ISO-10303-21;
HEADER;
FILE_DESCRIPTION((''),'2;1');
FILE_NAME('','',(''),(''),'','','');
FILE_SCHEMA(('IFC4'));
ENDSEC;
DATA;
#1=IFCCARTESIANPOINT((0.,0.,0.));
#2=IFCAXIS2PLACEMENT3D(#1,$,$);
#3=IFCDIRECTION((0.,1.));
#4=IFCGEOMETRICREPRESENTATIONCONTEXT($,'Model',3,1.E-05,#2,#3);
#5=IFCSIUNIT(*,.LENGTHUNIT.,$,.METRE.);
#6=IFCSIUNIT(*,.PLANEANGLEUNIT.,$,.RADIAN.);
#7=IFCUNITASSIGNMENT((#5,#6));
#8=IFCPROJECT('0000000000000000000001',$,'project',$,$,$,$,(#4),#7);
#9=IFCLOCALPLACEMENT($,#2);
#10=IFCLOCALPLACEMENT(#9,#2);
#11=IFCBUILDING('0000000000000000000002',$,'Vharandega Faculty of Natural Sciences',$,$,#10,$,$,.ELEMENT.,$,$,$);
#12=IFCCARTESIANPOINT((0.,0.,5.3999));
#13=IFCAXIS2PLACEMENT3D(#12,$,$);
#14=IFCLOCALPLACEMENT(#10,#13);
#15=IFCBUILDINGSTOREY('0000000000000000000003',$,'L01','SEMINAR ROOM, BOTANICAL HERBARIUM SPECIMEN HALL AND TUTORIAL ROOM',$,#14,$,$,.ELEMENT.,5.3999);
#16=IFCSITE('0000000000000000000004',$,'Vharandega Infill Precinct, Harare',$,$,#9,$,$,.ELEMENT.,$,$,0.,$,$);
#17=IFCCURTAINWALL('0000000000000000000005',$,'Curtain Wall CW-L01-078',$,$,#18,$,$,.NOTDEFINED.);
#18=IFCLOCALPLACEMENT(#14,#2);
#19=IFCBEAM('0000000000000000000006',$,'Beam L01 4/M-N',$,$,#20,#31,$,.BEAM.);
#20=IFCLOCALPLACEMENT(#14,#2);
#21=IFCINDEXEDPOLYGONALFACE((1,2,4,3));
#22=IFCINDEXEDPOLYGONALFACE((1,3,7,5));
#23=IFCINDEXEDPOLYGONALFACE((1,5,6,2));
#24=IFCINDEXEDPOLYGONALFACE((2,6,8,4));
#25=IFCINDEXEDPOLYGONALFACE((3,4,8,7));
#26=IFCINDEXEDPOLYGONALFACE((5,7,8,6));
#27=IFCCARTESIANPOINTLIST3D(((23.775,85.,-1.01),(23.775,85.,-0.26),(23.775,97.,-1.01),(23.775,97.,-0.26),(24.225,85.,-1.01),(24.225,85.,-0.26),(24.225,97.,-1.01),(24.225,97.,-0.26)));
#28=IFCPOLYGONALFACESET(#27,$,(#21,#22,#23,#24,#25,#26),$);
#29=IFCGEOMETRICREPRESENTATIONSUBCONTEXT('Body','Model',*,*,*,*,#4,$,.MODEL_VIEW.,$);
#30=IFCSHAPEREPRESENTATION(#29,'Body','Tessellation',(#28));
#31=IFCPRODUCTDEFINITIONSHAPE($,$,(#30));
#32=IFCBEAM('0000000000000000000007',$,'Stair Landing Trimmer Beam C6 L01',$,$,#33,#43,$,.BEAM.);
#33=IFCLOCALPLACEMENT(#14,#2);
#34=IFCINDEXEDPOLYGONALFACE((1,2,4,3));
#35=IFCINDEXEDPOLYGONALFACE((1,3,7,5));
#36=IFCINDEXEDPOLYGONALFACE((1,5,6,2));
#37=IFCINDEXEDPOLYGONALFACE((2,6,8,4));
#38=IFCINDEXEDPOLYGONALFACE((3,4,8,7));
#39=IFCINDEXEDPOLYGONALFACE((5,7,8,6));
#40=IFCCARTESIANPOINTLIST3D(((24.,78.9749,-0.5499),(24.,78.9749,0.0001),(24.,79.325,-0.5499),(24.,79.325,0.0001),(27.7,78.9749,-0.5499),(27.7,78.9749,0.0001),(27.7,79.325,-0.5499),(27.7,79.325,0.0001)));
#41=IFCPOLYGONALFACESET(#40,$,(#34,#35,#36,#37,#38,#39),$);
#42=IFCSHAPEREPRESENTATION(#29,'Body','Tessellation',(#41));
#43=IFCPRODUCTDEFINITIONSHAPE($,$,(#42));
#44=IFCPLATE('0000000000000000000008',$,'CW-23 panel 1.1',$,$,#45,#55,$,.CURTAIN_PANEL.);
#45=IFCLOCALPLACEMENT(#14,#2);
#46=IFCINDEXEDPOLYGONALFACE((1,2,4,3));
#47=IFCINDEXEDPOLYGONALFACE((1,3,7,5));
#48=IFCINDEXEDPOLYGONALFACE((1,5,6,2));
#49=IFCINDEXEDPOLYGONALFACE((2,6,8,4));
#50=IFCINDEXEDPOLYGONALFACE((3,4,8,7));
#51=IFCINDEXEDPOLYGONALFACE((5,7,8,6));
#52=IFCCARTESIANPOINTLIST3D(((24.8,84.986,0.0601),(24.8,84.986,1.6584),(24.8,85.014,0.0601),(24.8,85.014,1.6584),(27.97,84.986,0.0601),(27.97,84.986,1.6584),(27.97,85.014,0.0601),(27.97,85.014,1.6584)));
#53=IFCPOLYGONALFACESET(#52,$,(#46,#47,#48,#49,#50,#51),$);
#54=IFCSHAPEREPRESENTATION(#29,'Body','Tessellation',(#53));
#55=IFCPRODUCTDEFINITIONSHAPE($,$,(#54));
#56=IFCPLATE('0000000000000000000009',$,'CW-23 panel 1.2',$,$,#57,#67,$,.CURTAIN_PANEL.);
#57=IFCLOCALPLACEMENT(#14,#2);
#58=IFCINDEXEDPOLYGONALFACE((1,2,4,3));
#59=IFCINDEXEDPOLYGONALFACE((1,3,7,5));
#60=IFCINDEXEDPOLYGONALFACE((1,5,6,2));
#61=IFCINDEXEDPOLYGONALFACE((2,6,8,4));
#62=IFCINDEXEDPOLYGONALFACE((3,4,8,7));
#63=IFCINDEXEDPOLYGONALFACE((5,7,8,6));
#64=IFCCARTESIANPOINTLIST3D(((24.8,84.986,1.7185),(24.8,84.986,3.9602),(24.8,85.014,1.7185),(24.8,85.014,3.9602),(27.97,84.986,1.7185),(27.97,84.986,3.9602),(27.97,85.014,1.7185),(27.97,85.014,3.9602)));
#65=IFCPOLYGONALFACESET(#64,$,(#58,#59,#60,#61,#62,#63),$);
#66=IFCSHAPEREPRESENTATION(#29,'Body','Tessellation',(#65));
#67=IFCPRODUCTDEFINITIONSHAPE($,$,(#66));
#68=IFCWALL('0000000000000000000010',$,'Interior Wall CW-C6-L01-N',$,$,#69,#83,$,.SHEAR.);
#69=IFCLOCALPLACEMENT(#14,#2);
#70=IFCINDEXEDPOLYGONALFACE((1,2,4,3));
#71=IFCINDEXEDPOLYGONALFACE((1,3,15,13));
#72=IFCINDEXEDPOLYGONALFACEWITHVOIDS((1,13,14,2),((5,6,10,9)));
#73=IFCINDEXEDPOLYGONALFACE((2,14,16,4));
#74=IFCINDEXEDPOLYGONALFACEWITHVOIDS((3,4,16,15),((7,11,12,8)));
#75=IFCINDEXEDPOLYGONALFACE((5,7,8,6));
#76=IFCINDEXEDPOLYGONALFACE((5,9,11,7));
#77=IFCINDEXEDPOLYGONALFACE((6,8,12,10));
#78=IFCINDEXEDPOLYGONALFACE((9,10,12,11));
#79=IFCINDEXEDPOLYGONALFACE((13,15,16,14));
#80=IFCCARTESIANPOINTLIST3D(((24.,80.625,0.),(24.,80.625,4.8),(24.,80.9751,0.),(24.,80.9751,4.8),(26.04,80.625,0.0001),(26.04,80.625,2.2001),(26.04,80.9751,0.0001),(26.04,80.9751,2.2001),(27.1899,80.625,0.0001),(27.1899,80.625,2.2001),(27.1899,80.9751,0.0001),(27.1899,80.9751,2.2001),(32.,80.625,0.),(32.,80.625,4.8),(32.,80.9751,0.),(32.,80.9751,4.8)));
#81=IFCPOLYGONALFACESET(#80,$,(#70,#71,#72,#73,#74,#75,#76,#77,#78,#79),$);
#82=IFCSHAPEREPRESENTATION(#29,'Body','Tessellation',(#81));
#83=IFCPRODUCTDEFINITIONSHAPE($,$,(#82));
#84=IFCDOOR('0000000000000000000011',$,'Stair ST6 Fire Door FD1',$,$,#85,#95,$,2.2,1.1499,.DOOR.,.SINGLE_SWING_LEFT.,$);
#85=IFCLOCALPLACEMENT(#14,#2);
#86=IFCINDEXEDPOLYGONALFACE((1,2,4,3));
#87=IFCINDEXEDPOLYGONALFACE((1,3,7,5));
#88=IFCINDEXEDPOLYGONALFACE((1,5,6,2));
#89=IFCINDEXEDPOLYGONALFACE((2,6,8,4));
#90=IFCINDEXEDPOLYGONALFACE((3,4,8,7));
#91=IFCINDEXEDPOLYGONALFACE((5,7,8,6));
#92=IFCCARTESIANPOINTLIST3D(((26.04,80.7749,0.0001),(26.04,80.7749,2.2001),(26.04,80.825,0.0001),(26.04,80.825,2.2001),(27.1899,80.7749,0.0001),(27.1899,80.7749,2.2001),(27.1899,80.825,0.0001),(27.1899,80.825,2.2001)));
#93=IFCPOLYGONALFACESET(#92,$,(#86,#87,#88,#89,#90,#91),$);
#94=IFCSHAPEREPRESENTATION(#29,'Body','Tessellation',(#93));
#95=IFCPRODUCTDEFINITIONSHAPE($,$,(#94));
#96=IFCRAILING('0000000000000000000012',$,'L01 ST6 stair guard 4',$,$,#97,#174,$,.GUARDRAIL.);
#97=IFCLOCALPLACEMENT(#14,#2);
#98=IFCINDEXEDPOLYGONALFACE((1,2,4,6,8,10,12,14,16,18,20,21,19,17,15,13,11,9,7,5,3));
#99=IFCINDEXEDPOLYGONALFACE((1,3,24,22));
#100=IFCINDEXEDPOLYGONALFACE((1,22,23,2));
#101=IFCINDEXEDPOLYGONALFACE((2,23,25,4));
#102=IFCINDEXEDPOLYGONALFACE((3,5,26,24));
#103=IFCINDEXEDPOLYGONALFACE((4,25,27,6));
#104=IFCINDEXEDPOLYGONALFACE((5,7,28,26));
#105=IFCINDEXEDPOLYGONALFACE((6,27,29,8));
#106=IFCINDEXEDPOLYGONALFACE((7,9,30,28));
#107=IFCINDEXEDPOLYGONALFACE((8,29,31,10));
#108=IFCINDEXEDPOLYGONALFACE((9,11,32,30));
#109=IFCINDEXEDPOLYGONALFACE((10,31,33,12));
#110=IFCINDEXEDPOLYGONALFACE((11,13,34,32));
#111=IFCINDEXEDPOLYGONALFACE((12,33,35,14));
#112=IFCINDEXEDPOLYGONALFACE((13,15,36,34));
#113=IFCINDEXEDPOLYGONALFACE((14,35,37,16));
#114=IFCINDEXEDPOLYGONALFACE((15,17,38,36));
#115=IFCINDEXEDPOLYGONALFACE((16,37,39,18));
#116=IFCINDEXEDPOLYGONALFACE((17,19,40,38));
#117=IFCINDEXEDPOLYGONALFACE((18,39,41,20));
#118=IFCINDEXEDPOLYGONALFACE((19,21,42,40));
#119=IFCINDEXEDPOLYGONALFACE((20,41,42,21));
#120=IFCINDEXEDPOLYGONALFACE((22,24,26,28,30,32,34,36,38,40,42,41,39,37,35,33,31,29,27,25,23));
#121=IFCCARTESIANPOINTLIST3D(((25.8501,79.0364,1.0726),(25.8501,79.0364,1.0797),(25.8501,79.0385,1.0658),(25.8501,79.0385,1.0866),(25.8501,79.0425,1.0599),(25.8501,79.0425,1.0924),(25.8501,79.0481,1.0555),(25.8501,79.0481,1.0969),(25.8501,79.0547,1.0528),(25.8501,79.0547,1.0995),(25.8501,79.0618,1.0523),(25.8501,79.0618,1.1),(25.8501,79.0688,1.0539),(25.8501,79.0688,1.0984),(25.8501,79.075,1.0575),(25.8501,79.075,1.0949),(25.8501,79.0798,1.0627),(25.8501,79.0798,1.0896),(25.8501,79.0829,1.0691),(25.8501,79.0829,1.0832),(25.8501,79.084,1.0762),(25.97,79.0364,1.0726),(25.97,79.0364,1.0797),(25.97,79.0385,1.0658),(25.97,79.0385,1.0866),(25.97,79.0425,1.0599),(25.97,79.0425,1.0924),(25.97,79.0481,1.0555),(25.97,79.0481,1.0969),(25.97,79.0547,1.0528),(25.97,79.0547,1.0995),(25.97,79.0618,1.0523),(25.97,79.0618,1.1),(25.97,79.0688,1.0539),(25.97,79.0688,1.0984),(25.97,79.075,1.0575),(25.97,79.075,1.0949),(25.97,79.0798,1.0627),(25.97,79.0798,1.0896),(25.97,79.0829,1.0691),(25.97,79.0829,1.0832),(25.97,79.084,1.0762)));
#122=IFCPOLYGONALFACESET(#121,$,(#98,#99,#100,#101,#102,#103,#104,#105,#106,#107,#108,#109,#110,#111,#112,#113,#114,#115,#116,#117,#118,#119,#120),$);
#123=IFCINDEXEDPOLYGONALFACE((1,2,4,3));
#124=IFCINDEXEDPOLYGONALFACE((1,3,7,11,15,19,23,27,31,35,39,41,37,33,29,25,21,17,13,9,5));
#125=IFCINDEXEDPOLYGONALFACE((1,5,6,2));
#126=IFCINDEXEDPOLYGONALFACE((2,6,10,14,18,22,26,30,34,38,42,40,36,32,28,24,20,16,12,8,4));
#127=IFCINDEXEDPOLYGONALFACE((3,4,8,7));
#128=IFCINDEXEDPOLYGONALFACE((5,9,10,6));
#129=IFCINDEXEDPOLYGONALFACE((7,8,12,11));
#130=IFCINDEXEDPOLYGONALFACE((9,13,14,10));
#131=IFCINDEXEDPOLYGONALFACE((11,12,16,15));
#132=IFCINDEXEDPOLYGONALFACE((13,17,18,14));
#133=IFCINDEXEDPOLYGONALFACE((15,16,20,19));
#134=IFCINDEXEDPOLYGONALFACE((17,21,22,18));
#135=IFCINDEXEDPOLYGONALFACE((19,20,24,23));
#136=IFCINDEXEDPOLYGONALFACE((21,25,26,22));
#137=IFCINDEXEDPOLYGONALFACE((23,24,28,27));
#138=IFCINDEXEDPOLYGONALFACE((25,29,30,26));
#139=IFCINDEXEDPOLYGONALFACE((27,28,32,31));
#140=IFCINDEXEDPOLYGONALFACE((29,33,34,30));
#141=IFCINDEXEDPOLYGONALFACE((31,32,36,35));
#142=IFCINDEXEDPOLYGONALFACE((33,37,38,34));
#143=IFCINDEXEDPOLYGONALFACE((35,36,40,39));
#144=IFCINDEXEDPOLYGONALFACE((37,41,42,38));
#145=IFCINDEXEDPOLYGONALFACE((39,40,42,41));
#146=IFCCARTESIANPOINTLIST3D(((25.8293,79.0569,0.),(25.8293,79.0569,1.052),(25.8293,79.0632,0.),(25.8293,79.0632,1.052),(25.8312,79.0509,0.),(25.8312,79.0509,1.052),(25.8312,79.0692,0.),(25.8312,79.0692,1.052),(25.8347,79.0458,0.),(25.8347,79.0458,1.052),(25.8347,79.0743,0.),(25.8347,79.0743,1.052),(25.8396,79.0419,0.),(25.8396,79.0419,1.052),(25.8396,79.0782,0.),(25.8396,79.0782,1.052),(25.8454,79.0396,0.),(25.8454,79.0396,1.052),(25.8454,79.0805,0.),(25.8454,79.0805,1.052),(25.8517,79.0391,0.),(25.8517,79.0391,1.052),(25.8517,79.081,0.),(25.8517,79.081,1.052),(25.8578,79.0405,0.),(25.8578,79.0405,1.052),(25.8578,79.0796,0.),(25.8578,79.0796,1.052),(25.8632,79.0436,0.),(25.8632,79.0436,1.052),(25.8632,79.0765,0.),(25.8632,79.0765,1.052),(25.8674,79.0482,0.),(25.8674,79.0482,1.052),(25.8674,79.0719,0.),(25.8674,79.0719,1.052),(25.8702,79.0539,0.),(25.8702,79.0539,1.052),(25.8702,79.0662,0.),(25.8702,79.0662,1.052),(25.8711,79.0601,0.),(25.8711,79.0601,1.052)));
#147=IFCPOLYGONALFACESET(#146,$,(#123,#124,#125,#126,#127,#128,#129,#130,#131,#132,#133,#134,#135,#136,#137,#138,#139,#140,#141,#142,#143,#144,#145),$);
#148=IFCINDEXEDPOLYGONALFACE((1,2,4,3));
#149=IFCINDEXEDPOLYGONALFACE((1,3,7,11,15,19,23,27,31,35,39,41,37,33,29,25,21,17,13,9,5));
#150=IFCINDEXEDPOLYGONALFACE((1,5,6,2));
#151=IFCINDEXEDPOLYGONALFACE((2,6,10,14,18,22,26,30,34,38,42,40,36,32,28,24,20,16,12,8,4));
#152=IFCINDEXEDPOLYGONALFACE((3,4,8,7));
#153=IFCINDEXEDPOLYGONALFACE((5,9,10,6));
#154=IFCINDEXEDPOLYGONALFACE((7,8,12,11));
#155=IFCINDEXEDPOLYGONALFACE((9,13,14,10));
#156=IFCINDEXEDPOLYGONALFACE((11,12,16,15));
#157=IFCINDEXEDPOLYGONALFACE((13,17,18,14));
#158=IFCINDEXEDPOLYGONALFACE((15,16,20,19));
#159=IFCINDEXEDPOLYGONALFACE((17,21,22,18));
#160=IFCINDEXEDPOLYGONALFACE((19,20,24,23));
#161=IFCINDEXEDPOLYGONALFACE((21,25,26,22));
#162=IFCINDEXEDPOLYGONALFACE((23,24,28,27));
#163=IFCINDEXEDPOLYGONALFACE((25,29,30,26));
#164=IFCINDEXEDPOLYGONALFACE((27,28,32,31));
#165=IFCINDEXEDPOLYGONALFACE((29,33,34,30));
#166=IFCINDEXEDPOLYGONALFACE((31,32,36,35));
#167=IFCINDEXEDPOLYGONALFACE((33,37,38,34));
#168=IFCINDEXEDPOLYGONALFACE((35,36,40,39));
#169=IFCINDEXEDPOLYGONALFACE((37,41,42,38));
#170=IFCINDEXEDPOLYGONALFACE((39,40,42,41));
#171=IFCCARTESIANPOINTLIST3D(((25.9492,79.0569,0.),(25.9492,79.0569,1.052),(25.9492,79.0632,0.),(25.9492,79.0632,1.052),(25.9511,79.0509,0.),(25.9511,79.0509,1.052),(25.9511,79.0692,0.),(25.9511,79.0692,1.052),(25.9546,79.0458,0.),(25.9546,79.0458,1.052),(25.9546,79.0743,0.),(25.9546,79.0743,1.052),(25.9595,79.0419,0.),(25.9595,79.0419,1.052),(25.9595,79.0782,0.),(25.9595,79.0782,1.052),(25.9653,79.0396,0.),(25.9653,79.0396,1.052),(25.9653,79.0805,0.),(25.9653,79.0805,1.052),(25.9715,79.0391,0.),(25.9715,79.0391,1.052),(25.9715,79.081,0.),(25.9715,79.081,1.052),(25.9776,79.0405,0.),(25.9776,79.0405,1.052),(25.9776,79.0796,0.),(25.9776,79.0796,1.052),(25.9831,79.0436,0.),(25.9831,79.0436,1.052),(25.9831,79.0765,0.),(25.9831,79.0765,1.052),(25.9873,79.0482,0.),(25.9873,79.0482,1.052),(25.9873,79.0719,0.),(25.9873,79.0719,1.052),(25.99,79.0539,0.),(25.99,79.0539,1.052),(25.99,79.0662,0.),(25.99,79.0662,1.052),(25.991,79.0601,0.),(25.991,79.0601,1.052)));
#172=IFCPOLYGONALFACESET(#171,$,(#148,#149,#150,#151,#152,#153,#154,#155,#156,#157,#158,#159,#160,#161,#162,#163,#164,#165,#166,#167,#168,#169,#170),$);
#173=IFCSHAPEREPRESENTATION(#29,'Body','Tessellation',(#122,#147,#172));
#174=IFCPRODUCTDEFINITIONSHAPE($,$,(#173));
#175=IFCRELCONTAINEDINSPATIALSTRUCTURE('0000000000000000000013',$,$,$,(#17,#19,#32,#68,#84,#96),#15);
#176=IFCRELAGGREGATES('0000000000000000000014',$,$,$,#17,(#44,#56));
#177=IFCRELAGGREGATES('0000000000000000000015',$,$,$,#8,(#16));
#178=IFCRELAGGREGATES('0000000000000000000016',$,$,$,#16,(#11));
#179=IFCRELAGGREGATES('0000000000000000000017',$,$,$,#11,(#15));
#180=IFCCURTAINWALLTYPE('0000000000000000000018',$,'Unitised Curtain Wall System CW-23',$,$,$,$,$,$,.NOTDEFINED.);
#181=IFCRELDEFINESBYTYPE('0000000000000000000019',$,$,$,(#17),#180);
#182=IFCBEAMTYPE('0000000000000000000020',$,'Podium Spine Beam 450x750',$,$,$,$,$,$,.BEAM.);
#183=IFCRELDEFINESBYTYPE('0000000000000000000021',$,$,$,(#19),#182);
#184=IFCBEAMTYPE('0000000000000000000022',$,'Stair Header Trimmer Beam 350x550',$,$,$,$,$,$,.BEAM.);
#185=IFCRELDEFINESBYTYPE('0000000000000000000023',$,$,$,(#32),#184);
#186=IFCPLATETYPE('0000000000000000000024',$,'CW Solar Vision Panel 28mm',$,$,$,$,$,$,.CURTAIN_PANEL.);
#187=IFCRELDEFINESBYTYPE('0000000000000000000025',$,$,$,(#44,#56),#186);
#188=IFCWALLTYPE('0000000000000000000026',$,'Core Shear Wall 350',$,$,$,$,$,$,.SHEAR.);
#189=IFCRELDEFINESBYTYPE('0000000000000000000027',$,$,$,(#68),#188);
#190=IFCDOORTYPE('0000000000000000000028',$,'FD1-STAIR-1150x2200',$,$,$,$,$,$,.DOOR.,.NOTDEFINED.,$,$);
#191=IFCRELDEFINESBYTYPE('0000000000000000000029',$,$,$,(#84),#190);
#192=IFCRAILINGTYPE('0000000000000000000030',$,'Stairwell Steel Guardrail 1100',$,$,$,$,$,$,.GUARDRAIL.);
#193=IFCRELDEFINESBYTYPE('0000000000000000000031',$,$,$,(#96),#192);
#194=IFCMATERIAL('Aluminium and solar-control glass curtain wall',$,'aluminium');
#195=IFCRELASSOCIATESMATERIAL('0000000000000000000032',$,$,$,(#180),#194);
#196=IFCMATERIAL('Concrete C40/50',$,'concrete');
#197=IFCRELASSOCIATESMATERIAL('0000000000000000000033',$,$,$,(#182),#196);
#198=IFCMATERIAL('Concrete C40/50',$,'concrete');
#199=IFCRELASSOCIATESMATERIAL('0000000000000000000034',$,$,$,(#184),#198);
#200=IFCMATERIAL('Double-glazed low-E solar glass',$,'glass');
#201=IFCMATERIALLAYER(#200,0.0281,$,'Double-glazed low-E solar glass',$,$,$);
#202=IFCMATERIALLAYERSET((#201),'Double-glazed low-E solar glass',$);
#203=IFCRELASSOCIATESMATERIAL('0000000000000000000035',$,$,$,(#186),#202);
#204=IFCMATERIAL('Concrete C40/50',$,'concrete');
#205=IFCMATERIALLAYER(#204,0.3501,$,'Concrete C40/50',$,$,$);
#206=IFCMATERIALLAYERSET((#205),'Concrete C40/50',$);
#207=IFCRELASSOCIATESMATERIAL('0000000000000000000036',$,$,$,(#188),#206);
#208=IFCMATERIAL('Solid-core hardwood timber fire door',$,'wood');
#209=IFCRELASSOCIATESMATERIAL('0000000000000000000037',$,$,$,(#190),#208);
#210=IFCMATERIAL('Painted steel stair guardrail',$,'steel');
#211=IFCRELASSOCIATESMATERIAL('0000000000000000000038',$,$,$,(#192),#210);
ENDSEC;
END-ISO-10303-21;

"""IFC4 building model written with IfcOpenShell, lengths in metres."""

from ifc_helpers import new_model, si_unit, direction, frame, frame_2d, origin, origin_2d, place, context, subcontext, project, spatial, rectangle, circle, extrude, material, layer, layer_set, material_profile, profile_set, type_object, element, fill, aggregate, save


model = new_model("IFC4")

# Units and contexts
model_context = context("Model", 3, precision=1e-05, world=origin(), true_north=direction((0.0, 1.0)))
body_context = subcontext(model_context, "Body", "Model", "MODEL_VIEW")
ifc_project = project(units=[si_unit("LENGTHUNIT", "METRE"), si_unit("PLANEANGLEUNIT", "RADIAN")], contexts=[model_context])

# Site, building, storey
site_placement = place(None, origin())
site = spatial("IfcSite", under=ifc_project, at=site_placement, Name="Vharandega Infill Precinct, Harare", CompositionType="ELEMENT", RefElevation=0.0)
building_placement = place(site_placement, origin())
building = spatial("IfcBuilding", under=site, at=building_placement, Name="Vharandega Faculty of Natural Sciences", CompositionType="ELEMENT")
storey_placement = place(building_placement, frame((0.0, 0.0, 5.3999)))
storey = spatial("IfcBuildingStorey", under=building, at=storey_placement, Name="L01", Description="SEMINAR ROOM, BOTANICAL HERBARIUM SPECIMEN HALL AND TUTORIAL ROOM", CompositionType="ELEMENT", Elevation=5.3999)

# Curtain wall
ifc_material_1 = material(Name="Aluminium and solar-control glass curtain wall", Category="aluminium")
curtain_wall_type = type_object("IfcCurtainWallType", Name="Unitised Curtain Wall System CW-23", PredefinedType="NOTDEFINED", material=ifc_material_1)
curtain_wall_placement = place(storey_placement, origin())
curtain_wall = element("IfcCurtainWall", 1, at=curtain_wall_placement, inside=storey, type_object=curtain_wall_type, Name="Curtain Wall CW-L01-078", PredefinedType="NOTDEFINED")

# Beams
ifc_material_2 = material(Name="Concrete C40/50", Category="concrete")
ifc_material_profile_1 = material_profile(ifc_material_2, rectangle(XDim=0.45, YDim=0.75, at=origin_2d()), Name="RC 450x750")
ifc_profile_set_1 = profile_set([ifc_material_profile_1], Name="Concrete C40/50")
beam_type_1 = type_object("IfcBeamType", Name="Podium Spine Beam 450x750", PredefinedType="BEAM", material=ifc_profile_set_1)
for number, where, z_axis, x_axis, name in (
    (2, (24.0, 85.0, -0.635), (0.0, 1.0, 0.0), (-1.0, 0.0, 0.0), "Beam L01 4/M-N"),
):
    element("IfcBeam", number, at=place(storey_placement, frame(where, z_axis=z_axis, x_axis=x_axis)), inside=storey, type_object=beam_type_1, Name=name, PredefinedType="BEAM", context=body_context, shape_type="SweptSolid", body=[
        extrude(rectangle(XDim=0.45, YDim=0.75, at=origin_2d()), origin(), (0.0, 0.0, 1.0), 12.0),
    ])
ifc_material_3 = material(Name="Concrete C40/50", Category="concrete")
ifc_material_profile_2 = material_profile(ifc_material_3, rectangle(XDim=0.3501, YDim=0.55, at=origin_2d()), Name="RC 350x550")
ifc_profile_set_2 = profile_set([ifc_material_profile_2], Name="Concrete C40/50")
beam_type_2 = type_object("IfcBeamType", Name="Stair Header Trimmer Beam 350x550", PredefinedType="BEAM", material=ifc_profile_set_2)
beam_1_placement = place(storey_placement, frame((24.0, 79.1499, -0.2749), z_axis=(1.0, 0.0, 0.0), x_axis=(0.0, 1.0, 0.0)))
element("IfcBeam", 3, at=beam_1_placement, inside=storey, type_object=beam_type_2, Name="Stair Landing Trimmer Beam C6 L01", PredefinedType="BEAM", context=body_context, shape_type="SweptSolid", body=[
    extrude(rectangle(XDim=0.3501, YDim=0.55, at=origin_2d()), origin(), (0.0, 0.0, 1.0), 3.7),
])

# Plates
ifc_material_4 = material(Name="Double-glazed low-E solar glass", Category="glass")
ifc_layer_1 = layer(ifc_material_4, 0.0281, Name="Double-glazed low-E solar glass")
ifc_layer_set_1 = layer_set([ifc_layer_1], Name="Double-glazed low-E solar glass")
plate_type = type_object("IfcPlateType", Name="CW Solar Vision Panel 28mm", PredefinedType="CURTAIN_PANEL", material=ifc_layer_set_1)
plate_1_placement = place(storey_placement, frame((26.385, 85.0, 0.0601), z_axis=(0.0, 0.0, 1.0), x_axis=(1.0, 0.0, 0.0)))
plate_1 = element("IfcPlate", 4, at=plate_1_placement, type_object=plate_type, Name="CW-23 panel 1.1", PredefinedType="CURTAIN_PANEL", context=body_context, shape_type="SweptSolid", body=[
    extrude(rectangle(XDim=3.1699, YDim=0.0281, at=origin_2d()), origin(), (0.0, 0.0, 1.0), 1.5984),
])
plate_2_placement = place(storey_placement, frame((26.385, 85.0, 1.7185), z_axis=(0.0, 0.0, 1.0), x_axis=(1.0, 0.0, 0.0)))
plate_2 = element("IfcPlate", 5, at=plate_2_placement, type_object=plate_type, Name="CW-23 panel 1.2", PredefinedType="CURTAIN_PANEL", context=body_context, shape_type="SweptSolid", body=[
    extrude(rectangle(XDim=3.1699, YDim=0.0281, at=origin_2d()), origin(), (0.0, 0.0, 1.0), 2.2417),
])
aggregate(curtain_wall, [plate_1, plate_2])

# Wall, opening, door
ifc_material_5 = material(Name="Concrete C40/50", Category="concrete")
ifc_layer_2 = layer(ifc_material_5, 0.3501, Name="Concrete C40/50")
ifc_layer_set_2 = layer_set([ifc_layer_2], Name="Concrete C40/50")
wall_type = type_object("IfcWallType", Name="Core Shear Wall 350", PredefinedType="SHEAR", material=ifc_layer_set_2)
wall_placement = place(storey_placement, frame((24.0, 80.8, 0.0), z_axis=(0.0, 0.0, 1.0), x_axis=(1.0, 0.0, 0.0)))
wall = element("IfcWall", 6, at=wall_placement, inside=storey, type_object=wall_type, Name="Interior Wall CW-C6-L01-N", PredefinedType="SHEAR", context=body_context, shape_type="SweptSolid", body=[
    extrude(rectangle(XDim=8.0, YDim=0.3501, at=frame_2d((4.0, 0.0))), origin(), (0.0, 0.0, 1.0), 4.8),
])
opening_placement = place(wall_placement, frame((2.04, 0.0, 0.0)))
opening = element("IfcOpeningElement", 7, at=opening_placement, cuts=wall, PredefinedType="OPENING", context=body_context, shape_type="SweptSolid", body=[
    extrude(rectangle(XDim=1.1499, YDim=2.2, at=frame_2d((0.575, 1.1001))), frame((0.0, 0.1851, 0.0), z_axis=(0.0, -1.0, 0.0), x_axis=(1.0, 0.0, 0.0)), (0.0, 0.0, 1.0), 0.3701),
])
ifc_material_6 = material(Name="Solid-core hardwood timber fire door", Category="wood")
door_type = type_object("IfcDoorType", Name="FD1-STAIR-1150x2200", OperationType="NOTDEFINED", PredefinedType="DOOR", material=ifc_material_6)
door_placement = place(opening_placement, origin())
door = element("IfcDoor", 8, at=door_placement, inside=storey, type_object=door_type, Name="Stair ST6 Fire Door FD1", OperationType="SINGLE_SWING_LEFT", OverallHeight=2.2, OverallWidth=1.1499, PredefinedType="DOOR", context=body_context, shape_type="SweptSolid", body=[
    extrude(rectangle(XDim=1.1499, YDim=2.2, at=frame_2d((0.575, 1.1001))), frame((0.0, 0.0249, 0.0), z_axis=(0.0, -1.0, 0.0), x_axis=(1.0, 0.0, 0.0)), (0.0, 0.0, 1.0), 0.05),
])
fill(opening, door)

# Railing
ifc_material_7 = material(Name="Painted steel stair guardrail", Category="steel")
railing_type = type_object("IfcRailingType", Name="Stairwell Steel Guardrail 1100", PredefinedType="GUARDRAIL", material=ifc_material_7)
railing_placement = place(storey_placement, frame((25.8501, 79.0601, 0.0)))
element("IfcRailing", 9, at=railing_placement, inside=storey, type_object=railing_type, Name="L01 ST6 stair guard 4", PredefinedType="GUARDRAIL", context=body_context, shape_type="SweptSolid", body=[
    extrude(circle(Radius=0.0239, at=origin_2d()), frame((0.0, 0.0, 1.0762), z_axis=(1.0, 0.0, 0.0), x_axis=(0.0, 1.0, 0.0)), (0.0, 0.0, 1.0), 0.1199),
    extrude(circle(Radius=0.021, at=origin_2d()), origin(), (0.0, 0.0, 1.0), 1.052),
    extrude(circle(Radius=0.021, at=origin_2d()), frame((0.1199, 0.0, 0.0)), (0.0, 0.0, 1.0), 1.052),
])

save(model, "model.ifc")
